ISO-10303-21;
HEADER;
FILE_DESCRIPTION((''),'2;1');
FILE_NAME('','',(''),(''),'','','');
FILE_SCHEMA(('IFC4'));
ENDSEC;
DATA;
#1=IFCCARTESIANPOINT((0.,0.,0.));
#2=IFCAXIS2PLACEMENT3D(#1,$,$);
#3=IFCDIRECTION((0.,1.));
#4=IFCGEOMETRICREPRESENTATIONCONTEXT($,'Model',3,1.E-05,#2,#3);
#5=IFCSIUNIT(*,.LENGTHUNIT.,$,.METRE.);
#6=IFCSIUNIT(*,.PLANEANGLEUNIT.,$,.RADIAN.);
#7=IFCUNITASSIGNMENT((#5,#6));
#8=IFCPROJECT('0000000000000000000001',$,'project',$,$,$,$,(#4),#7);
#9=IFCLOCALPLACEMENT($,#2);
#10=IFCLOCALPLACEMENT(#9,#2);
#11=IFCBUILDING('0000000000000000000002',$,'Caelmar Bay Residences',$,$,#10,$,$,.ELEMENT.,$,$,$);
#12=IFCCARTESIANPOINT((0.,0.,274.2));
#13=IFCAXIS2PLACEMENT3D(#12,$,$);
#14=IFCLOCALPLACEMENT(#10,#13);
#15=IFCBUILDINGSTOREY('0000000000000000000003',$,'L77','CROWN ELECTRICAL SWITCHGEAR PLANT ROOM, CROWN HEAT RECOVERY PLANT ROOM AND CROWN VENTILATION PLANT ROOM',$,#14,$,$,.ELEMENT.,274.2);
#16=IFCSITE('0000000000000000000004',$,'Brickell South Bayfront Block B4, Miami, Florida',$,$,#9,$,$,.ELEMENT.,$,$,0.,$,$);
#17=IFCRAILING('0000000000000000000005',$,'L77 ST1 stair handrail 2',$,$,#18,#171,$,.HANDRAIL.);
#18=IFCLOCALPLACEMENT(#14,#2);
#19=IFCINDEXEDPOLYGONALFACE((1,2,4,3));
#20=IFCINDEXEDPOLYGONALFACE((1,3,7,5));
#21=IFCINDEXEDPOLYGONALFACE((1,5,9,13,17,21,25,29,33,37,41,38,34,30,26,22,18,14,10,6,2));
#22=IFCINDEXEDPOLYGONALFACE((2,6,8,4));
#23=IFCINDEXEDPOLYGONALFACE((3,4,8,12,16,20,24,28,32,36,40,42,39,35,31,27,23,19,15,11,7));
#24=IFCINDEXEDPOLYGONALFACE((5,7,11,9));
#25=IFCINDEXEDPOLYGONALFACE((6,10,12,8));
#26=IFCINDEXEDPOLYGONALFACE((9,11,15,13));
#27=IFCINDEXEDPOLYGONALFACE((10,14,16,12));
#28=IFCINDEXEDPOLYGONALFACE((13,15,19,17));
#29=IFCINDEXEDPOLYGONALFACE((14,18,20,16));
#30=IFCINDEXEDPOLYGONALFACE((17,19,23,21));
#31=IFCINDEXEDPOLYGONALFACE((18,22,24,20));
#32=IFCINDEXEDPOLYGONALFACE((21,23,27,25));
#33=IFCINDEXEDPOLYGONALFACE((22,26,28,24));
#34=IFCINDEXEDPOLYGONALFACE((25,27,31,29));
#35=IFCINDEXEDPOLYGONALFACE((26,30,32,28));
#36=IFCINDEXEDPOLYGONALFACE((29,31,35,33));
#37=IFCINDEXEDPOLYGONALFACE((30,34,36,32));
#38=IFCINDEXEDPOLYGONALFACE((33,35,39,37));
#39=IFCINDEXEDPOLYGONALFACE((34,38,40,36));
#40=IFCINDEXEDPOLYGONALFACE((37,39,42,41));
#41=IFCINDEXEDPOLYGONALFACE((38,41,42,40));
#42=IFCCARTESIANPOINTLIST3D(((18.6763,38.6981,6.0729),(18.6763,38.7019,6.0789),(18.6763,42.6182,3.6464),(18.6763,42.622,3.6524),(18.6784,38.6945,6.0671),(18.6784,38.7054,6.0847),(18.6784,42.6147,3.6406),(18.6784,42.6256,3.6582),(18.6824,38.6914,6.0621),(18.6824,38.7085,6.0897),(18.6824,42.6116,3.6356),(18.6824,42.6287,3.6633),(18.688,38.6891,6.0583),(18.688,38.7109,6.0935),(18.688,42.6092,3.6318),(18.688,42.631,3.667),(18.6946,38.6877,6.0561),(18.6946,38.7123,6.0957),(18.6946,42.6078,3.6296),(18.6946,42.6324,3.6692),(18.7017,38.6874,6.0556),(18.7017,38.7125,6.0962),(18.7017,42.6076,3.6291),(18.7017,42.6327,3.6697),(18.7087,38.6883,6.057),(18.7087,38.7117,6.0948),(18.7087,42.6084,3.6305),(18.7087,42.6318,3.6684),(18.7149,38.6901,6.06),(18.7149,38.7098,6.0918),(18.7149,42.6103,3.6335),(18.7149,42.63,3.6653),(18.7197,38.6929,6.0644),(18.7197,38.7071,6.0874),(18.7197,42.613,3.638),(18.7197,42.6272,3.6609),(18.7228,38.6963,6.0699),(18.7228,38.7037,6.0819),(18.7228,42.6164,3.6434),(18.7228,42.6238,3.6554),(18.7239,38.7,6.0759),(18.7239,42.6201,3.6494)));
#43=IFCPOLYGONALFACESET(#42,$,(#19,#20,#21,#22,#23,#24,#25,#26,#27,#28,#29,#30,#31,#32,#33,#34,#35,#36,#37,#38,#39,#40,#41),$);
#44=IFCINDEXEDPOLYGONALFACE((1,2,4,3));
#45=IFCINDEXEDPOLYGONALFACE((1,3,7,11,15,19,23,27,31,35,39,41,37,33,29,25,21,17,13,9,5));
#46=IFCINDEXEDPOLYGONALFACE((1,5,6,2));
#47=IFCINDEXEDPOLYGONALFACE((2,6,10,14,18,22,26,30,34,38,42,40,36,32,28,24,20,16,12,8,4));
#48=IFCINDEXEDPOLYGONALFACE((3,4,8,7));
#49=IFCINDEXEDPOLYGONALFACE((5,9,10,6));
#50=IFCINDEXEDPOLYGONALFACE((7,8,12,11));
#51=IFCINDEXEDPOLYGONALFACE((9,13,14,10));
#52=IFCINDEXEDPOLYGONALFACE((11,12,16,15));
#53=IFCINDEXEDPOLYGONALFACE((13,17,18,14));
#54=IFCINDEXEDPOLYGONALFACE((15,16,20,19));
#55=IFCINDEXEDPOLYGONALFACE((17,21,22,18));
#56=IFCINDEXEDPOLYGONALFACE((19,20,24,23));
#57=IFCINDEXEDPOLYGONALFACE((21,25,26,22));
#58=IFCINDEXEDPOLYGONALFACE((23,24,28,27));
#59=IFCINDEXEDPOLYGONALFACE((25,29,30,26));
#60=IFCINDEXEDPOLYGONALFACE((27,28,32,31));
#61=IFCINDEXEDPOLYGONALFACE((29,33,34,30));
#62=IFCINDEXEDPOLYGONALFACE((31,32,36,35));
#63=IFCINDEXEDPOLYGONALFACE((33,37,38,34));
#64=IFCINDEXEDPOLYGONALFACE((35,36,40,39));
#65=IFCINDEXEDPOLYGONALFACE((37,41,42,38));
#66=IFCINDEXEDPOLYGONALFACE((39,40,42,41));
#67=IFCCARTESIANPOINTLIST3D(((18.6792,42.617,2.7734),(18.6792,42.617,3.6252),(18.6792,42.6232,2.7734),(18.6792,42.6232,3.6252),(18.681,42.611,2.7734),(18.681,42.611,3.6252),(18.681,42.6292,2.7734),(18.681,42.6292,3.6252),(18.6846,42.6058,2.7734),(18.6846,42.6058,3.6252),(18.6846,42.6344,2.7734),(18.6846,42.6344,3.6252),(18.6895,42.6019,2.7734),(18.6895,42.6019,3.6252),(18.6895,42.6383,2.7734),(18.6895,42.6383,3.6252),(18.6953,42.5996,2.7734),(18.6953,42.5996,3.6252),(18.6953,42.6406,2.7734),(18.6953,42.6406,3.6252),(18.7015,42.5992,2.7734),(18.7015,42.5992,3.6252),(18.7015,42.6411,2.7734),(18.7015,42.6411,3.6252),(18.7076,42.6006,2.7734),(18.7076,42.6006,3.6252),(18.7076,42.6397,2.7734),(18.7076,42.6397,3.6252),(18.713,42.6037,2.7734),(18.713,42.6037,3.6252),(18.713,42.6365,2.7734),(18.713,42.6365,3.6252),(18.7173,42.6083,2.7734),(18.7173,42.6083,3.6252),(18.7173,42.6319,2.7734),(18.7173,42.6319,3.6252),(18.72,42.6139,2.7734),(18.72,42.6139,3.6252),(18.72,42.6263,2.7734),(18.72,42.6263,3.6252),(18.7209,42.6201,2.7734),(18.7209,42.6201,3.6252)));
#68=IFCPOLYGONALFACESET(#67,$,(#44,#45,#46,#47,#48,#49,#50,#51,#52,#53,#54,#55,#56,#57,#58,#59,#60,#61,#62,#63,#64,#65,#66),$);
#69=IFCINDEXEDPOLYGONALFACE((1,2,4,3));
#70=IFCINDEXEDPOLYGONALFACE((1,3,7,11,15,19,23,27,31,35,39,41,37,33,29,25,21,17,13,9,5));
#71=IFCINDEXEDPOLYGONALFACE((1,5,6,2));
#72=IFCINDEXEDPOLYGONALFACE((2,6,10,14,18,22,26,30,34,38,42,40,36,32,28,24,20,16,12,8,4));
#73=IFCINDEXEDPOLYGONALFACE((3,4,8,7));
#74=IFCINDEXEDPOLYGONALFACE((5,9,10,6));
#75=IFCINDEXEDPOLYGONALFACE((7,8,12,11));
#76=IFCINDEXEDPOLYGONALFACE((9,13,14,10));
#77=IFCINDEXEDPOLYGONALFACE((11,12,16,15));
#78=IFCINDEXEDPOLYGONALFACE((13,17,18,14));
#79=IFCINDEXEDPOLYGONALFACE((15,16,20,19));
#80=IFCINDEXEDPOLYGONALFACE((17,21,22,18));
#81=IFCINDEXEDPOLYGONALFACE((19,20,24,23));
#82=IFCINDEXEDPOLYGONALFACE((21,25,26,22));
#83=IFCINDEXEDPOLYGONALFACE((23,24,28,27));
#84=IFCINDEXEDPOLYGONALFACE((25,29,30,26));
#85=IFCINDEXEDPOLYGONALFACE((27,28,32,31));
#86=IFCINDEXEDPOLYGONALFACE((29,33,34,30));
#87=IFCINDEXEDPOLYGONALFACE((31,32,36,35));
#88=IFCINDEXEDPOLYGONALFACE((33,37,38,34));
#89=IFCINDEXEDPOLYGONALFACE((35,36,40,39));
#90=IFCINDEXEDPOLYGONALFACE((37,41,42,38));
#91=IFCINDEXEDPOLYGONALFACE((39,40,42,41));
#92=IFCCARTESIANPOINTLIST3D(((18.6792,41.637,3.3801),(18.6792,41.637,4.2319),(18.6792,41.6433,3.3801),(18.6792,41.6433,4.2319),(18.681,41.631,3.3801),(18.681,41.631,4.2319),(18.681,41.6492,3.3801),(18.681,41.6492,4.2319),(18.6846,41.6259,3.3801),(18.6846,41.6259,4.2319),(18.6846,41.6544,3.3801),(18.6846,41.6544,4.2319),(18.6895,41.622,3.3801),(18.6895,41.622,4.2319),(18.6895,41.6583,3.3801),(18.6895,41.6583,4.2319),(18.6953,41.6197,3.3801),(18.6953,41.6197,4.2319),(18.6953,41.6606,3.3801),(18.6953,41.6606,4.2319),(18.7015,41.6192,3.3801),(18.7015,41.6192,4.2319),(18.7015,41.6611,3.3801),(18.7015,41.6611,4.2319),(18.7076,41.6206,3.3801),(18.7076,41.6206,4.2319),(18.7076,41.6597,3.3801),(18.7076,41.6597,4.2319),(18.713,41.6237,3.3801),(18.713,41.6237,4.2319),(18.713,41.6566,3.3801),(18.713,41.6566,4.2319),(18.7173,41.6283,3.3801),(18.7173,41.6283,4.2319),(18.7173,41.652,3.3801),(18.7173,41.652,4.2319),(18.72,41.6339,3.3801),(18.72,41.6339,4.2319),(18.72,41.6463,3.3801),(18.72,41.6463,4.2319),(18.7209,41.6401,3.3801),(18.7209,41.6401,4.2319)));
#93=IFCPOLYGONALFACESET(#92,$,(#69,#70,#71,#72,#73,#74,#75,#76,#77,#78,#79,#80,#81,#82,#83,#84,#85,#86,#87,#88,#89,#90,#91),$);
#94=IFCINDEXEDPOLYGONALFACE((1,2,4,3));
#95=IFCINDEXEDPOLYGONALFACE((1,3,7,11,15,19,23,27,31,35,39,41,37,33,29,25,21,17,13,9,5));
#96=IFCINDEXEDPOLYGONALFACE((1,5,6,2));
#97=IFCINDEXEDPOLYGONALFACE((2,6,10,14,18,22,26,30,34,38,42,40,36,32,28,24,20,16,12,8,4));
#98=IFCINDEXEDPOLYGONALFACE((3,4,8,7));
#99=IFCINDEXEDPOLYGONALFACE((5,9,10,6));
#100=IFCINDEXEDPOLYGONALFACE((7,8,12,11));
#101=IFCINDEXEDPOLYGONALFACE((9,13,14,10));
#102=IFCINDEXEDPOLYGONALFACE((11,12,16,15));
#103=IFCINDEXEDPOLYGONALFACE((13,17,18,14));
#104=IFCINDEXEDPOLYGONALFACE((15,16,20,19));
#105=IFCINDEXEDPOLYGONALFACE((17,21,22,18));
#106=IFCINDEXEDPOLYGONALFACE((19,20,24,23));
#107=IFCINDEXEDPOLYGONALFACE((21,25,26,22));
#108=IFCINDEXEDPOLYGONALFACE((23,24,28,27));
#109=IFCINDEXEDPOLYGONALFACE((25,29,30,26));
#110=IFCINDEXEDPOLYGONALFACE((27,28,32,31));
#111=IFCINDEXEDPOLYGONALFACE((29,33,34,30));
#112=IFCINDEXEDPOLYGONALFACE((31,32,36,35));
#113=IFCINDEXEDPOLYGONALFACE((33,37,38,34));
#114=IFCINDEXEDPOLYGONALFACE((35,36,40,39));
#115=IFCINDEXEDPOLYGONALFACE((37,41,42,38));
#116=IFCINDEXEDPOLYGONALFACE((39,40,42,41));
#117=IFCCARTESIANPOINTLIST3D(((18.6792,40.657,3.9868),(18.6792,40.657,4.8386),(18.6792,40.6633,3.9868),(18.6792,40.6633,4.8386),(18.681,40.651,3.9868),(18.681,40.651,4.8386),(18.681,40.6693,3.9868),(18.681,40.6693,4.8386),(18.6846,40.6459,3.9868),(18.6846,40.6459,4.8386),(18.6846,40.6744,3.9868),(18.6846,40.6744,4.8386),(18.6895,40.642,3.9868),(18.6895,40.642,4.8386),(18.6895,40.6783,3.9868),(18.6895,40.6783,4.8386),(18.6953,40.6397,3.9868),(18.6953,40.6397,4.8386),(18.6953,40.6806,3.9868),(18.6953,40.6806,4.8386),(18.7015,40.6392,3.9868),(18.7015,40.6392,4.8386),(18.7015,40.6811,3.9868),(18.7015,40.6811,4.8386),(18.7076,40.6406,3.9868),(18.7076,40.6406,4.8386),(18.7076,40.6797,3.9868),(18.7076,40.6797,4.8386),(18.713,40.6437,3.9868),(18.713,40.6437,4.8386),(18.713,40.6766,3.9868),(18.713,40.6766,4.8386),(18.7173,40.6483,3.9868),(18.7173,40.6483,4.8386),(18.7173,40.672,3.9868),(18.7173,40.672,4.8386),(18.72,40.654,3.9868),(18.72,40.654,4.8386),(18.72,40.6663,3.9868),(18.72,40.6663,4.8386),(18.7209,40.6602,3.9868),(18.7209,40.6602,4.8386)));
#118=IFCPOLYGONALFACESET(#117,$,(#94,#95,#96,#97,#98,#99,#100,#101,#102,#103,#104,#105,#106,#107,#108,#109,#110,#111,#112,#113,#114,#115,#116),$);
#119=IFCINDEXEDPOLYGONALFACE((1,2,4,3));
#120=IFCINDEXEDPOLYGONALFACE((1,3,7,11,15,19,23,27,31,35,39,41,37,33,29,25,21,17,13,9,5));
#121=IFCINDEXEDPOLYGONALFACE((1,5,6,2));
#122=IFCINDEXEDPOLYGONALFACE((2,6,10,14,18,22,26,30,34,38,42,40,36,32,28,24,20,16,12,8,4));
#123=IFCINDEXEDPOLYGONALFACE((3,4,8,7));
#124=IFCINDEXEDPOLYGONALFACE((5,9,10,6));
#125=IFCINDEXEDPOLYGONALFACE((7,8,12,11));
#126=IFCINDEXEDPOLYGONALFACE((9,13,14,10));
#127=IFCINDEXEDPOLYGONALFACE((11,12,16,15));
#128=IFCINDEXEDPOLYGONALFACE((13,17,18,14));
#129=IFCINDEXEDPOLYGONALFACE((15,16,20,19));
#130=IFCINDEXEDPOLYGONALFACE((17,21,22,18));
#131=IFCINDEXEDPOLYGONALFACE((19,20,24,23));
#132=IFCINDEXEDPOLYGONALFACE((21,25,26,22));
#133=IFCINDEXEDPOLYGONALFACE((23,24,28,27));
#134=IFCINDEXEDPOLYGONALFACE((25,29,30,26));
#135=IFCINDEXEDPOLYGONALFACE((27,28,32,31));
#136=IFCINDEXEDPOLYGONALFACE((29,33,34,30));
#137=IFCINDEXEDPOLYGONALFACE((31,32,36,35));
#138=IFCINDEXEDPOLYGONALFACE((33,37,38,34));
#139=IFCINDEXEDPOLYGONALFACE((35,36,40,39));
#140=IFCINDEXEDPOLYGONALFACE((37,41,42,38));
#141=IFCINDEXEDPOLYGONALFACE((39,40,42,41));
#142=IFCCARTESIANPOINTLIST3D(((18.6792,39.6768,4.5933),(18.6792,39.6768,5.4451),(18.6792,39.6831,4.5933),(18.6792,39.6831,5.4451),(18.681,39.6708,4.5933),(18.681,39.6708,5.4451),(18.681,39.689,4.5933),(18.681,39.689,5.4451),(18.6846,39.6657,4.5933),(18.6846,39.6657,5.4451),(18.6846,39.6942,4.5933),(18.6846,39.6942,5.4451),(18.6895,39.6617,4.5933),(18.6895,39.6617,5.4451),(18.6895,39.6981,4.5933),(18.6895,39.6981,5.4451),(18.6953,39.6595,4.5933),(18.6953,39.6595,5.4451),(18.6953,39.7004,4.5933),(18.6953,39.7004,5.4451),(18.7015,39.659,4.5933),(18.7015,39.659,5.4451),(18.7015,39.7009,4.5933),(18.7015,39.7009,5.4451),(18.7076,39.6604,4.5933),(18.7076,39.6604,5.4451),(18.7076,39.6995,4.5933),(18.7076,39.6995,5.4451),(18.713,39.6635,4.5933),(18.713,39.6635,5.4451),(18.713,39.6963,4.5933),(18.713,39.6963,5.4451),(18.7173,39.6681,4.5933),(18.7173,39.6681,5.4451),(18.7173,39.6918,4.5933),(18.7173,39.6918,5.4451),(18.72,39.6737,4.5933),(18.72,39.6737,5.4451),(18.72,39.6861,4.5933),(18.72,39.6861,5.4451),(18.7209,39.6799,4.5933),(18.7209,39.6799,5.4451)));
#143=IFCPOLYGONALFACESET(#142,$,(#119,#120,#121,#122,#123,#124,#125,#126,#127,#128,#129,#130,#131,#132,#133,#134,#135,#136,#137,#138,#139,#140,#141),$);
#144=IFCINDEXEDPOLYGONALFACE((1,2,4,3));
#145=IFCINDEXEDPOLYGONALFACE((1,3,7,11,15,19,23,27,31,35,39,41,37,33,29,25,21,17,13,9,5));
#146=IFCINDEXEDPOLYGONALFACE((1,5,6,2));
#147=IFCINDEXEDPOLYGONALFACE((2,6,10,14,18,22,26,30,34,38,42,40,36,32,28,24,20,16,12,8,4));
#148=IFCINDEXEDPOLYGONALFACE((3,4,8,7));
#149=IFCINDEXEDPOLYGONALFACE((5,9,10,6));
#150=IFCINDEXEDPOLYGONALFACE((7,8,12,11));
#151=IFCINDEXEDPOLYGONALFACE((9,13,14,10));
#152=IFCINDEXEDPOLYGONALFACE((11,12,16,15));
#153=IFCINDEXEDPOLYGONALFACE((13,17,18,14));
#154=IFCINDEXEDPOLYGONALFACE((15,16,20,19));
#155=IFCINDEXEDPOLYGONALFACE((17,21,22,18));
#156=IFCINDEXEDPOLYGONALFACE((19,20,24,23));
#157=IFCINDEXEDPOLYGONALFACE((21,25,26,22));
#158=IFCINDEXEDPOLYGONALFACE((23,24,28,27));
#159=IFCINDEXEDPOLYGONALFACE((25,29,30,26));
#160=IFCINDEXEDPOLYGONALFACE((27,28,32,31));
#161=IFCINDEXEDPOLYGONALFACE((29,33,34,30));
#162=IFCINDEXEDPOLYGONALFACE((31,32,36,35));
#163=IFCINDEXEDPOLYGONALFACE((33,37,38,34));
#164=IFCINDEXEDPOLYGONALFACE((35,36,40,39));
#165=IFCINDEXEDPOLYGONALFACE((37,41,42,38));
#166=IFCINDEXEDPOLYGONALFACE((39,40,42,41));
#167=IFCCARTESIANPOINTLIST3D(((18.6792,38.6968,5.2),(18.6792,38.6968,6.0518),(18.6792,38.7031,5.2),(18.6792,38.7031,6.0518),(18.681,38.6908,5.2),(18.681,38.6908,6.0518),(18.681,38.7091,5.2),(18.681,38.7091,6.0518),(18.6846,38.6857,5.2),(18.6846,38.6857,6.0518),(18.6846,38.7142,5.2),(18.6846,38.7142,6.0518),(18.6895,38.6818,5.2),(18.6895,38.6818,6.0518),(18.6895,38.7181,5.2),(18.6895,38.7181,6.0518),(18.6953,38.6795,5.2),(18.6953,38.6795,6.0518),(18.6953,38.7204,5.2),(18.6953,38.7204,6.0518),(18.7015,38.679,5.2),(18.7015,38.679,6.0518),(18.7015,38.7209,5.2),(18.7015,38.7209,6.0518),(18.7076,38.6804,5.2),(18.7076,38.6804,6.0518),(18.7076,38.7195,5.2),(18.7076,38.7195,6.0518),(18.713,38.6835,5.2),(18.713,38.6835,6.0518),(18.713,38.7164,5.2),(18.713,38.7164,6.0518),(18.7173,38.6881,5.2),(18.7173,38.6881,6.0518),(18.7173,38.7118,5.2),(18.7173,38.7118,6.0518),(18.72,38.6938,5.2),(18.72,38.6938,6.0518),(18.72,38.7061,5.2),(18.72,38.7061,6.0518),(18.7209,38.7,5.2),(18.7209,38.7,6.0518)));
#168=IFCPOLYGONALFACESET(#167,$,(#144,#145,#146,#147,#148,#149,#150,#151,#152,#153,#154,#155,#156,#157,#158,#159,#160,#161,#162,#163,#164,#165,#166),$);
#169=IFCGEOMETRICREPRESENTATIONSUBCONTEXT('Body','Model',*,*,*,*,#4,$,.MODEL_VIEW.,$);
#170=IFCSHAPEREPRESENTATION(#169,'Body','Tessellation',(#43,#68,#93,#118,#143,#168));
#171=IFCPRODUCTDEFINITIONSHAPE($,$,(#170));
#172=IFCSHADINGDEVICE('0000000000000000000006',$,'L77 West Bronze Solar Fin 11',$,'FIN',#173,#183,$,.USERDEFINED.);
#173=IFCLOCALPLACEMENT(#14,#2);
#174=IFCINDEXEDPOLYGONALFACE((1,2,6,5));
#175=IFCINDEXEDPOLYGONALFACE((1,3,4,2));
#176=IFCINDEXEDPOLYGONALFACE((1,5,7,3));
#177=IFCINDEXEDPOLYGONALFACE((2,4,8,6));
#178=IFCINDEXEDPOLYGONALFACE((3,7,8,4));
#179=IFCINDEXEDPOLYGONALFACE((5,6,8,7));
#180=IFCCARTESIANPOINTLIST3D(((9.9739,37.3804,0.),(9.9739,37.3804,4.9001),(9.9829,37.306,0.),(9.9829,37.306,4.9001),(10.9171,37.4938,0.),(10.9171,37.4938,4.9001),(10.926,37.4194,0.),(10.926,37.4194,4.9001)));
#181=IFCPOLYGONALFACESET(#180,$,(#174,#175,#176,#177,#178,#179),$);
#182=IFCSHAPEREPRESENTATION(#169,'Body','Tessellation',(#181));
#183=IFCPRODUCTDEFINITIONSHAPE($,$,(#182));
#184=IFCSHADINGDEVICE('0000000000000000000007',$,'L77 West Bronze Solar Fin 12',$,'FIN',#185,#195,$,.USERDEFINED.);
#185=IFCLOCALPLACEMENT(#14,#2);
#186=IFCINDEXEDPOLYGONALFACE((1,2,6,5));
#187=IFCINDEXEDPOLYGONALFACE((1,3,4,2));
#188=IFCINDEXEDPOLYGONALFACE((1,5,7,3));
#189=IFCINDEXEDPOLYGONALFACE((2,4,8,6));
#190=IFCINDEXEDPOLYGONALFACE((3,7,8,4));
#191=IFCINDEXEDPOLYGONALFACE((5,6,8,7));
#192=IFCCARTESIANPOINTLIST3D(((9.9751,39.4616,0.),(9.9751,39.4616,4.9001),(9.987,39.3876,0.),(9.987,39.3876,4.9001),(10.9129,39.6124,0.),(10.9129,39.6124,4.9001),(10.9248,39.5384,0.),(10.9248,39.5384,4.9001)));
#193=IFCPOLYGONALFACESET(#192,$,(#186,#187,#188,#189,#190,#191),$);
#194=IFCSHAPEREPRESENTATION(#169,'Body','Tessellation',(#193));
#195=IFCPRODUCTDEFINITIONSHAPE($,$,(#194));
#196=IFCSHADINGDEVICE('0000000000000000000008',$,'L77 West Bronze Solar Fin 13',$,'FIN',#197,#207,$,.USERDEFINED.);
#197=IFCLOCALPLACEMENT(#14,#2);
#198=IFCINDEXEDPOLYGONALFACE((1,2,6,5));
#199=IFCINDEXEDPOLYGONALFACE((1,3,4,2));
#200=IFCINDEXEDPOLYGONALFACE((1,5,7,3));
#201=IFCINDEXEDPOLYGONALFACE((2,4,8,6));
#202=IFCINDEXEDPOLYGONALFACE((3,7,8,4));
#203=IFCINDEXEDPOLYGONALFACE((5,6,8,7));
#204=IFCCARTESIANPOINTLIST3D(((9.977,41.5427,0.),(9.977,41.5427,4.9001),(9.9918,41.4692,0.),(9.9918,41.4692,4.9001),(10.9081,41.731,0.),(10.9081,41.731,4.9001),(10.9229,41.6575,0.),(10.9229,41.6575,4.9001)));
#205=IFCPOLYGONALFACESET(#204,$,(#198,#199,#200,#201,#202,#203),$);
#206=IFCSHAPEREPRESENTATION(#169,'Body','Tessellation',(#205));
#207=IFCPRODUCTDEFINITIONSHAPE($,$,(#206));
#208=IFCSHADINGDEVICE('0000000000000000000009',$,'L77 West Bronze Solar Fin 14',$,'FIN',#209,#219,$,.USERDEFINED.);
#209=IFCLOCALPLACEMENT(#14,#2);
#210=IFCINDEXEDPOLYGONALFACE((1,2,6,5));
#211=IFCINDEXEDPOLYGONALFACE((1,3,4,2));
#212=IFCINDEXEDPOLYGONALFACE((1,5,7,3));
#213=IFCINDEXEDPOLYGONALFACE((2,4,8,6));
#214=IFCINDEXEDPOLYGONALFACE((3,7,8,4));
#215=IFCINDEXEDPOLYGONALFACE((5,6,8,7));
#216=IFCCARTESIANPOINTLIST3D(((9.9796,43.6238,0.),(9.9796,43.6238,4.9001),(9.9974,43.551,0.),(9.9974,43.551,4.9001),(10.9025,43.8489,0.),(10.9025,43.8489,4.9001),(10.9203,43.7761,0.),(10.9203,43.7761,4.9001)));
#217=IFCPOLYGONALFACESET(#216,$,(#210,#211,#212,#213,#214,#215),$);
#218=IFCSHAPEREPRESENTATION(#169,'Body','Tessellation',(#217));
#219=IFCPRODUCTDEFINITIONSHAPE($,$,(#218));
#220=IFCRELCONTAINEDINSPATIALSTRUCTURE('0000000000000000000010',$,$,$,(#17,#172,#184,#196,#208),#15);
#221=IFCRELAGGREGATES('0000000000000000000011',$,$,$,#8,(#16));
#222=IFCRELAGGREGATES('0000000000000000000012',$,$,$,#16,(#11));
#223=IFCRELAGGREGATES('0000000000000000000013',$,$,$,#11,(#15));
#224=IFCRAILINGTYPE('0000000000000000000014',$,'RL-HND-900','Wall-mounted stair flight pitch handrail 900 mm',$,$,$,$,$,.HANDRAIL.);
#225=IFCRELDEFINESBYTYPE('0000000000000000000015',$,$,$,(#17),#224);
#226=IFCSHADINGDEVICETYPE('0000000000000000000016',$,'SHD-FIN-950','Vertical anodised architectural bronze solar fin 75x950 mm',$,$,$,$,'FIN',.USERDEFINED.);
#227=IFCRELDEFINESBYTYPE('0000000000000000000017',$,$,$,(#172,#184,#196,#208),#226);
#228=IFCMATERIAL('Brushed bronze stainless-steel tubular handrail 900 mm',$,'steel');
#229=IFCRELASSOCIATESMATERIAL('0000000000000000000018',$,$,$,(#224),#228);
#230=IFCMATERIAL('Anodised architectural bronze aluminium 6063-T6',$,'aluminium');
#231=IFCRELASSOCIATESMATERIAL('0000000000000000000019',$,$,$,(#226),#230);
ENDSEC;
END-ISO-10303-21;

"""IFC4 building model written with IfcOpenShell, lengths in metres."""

from ifc_helpers import new_model, si_unit, direction, frame, origin, origin_2d, place, context, subcontext, project, spatial, rectangle, circle, extrude, material, material_profile, profile_set, type_object, element, save


model = new_model("IFC4")

# Units and contexts
model_context = context("Model", 3, precision=1e-05, world=origin(), true_north=direction((0.0, 1.0)))
body_context = subcontext(model_context, "Body", "Model", "MODEL_VIEW")
ifc_project = project(units=[si_unit("LENGTHUNIT", "METRE"), si_unit("PLANEANGLEUNIT", "RADIAN")], contexts=[model_context])

# Site, building, storey
site_placement = place(None, origin())
site = spatial("IfcSite", under=ifc_project, at=site_placement, Name="Brickell South Bayfront Block B4, Miami, Florida", CompositionType="ELEMENT", RefElevation=0.0)
building_placement = place(site_placement, origin())
building = spatial("IfcBuilding", under=site, at=building_placement, Name="Caelmar Bay Residences", CompositionType="ELEMENT")
storey_placement = place(building_placement, frame((0.0, 0.0, 274.2)))
storey = spatial("IfcBuildingStorey", under=building, at=storey_placement, Name="L77", Description="CROWN ELECTRICAL SWITCHGEAR PLANT ROOM, CROWN HEAT RECOVERY PLANT ROOM AND CROWN VENTILATION PLANT ROOM", CompositionType="ELEMENT", Elevation=274.2)

# Railing
ifc_material_1 = material(Name="Brushed bronze stainless-steel tubular handrail 900 mm", Category="steel")
railing_type_1 = type_object("IfcRailingType", Name="RL-HND-900", Description="Wall-mounted stair flight pitch handrail 900 mm", PredefinedType="HANDRAIL", material=ifc_material_1)
railing_1_placement = place(storey_placement, frame((18.7, 42.6201, 2.7734)))
element("IfcRailing", 1, at=railing_1_placement, inside=storey, type_object=railing_type_1, Name="L77 ST1 stair handrail 2", PredefinedType="HANDRAIL", context=body_context, shape_type="SweptSolid", body=[
    extrude(circle(Radius=0.0239, at=origin_2d()), frame((0.0, 0.0, 0.876), z_axis=(0.0, -0.85029, 0.526315), x_axis=(1.0, 0.0, 0.0)), (0.0, 0.0, 1.0), 4.6104),
    extrude(circle(Radius=0.021, at=origin_2d()), origin(), (0.0, 0.0, 1.0), 0.8518),
    extrude(circle(Radius=0.021, at=origin_2d()), frame((0.0, -0.98, 0.6067)), (0.0, 0.0, 1.0), 0.8518),
    extrude(circle(Radius=0.021, at=origin_2d()), frame((0.0, -1.96, 1.2134)), (0.0, 0.0, 1.0), 0.8518),
    extrude(circle(Radius=0.021, at=origin_2d()), frame((0.0, -2.9402, 1.8198)), (0.0, 0.0, 1.0), 0.8518),
    extrude(circle(Radius=0.021, at=origin_2d()), frame((0.0, -3.9202, 2.4265)), (0.0, 0.0, 1.0), 0.8518),
])

# Shading devices
ifc_material_2 = material(Name="Anodised architectural bronze aluminium 6063-T6", Category="aluminium")
ifc_material_profile = material_profile(ifc_material_2, rectangle(XDim=0.075, YDim=0.95, at=origin_2d()), Name="BRONZE-FIN-75X950")
ifc_profile_set = profile_set([ifc_material_profile], Name="Anodised architectural bronze aluminium 6063-T6")
shading_device_type = type_object("IfcShadingDeviceType", Name="SHD-FIN-950", Description="Vertical anodised architectural bronze solar fin 75x950 mm", ElementType="FIN", PredefinedType="USERDEFINED", material=ifc_profile_set)
for number, where, z_axis, x_axis, name in (
    (2, (10.45, 37.3999, 0.0), (0.0, 0.0, 1.0), (-0.119444, 0.992841, 0.0), "L77 West Bronze Solar Fin 11"),
    (3, (10.45, 39.5, 0.0), (0.0, 0.0, 1.0), (-0.158847, 0.987303, 0.0), "L77 West Bronze Solar Fin 12"),
    (4, (10.45, 41.6001, 0.0), (0.0, 0.0, 1.0), (-0.198171, 0.980168, 0.0), "L77 West Bronze Solar Fin 13"),
    (5, (10.45, 43.7, 0.0), (0.0, 0.0, 1.0), (-0.237008, 0.971508, 0.0), "L77 West Bronze Solar Fin 14"),
):
    element("IfcShadingDevice", number, at=place(storey_placement, frame(where, z_axis=z_axis, x_axis=x_axis)), inside=storey, type_object=shading_device_type, Name=name, ObjectType="FIN", PredefinedType="USERDEFINED", context=body_context, shape_type="SweptSolid", body=[
        extrude(rectangle(XDim=0.075, YDim=0.95, at=origin_2d()), origin(), (0.0, 0.0, 1.0), 4.9001),
    ])

save(model, "model.ifc")
